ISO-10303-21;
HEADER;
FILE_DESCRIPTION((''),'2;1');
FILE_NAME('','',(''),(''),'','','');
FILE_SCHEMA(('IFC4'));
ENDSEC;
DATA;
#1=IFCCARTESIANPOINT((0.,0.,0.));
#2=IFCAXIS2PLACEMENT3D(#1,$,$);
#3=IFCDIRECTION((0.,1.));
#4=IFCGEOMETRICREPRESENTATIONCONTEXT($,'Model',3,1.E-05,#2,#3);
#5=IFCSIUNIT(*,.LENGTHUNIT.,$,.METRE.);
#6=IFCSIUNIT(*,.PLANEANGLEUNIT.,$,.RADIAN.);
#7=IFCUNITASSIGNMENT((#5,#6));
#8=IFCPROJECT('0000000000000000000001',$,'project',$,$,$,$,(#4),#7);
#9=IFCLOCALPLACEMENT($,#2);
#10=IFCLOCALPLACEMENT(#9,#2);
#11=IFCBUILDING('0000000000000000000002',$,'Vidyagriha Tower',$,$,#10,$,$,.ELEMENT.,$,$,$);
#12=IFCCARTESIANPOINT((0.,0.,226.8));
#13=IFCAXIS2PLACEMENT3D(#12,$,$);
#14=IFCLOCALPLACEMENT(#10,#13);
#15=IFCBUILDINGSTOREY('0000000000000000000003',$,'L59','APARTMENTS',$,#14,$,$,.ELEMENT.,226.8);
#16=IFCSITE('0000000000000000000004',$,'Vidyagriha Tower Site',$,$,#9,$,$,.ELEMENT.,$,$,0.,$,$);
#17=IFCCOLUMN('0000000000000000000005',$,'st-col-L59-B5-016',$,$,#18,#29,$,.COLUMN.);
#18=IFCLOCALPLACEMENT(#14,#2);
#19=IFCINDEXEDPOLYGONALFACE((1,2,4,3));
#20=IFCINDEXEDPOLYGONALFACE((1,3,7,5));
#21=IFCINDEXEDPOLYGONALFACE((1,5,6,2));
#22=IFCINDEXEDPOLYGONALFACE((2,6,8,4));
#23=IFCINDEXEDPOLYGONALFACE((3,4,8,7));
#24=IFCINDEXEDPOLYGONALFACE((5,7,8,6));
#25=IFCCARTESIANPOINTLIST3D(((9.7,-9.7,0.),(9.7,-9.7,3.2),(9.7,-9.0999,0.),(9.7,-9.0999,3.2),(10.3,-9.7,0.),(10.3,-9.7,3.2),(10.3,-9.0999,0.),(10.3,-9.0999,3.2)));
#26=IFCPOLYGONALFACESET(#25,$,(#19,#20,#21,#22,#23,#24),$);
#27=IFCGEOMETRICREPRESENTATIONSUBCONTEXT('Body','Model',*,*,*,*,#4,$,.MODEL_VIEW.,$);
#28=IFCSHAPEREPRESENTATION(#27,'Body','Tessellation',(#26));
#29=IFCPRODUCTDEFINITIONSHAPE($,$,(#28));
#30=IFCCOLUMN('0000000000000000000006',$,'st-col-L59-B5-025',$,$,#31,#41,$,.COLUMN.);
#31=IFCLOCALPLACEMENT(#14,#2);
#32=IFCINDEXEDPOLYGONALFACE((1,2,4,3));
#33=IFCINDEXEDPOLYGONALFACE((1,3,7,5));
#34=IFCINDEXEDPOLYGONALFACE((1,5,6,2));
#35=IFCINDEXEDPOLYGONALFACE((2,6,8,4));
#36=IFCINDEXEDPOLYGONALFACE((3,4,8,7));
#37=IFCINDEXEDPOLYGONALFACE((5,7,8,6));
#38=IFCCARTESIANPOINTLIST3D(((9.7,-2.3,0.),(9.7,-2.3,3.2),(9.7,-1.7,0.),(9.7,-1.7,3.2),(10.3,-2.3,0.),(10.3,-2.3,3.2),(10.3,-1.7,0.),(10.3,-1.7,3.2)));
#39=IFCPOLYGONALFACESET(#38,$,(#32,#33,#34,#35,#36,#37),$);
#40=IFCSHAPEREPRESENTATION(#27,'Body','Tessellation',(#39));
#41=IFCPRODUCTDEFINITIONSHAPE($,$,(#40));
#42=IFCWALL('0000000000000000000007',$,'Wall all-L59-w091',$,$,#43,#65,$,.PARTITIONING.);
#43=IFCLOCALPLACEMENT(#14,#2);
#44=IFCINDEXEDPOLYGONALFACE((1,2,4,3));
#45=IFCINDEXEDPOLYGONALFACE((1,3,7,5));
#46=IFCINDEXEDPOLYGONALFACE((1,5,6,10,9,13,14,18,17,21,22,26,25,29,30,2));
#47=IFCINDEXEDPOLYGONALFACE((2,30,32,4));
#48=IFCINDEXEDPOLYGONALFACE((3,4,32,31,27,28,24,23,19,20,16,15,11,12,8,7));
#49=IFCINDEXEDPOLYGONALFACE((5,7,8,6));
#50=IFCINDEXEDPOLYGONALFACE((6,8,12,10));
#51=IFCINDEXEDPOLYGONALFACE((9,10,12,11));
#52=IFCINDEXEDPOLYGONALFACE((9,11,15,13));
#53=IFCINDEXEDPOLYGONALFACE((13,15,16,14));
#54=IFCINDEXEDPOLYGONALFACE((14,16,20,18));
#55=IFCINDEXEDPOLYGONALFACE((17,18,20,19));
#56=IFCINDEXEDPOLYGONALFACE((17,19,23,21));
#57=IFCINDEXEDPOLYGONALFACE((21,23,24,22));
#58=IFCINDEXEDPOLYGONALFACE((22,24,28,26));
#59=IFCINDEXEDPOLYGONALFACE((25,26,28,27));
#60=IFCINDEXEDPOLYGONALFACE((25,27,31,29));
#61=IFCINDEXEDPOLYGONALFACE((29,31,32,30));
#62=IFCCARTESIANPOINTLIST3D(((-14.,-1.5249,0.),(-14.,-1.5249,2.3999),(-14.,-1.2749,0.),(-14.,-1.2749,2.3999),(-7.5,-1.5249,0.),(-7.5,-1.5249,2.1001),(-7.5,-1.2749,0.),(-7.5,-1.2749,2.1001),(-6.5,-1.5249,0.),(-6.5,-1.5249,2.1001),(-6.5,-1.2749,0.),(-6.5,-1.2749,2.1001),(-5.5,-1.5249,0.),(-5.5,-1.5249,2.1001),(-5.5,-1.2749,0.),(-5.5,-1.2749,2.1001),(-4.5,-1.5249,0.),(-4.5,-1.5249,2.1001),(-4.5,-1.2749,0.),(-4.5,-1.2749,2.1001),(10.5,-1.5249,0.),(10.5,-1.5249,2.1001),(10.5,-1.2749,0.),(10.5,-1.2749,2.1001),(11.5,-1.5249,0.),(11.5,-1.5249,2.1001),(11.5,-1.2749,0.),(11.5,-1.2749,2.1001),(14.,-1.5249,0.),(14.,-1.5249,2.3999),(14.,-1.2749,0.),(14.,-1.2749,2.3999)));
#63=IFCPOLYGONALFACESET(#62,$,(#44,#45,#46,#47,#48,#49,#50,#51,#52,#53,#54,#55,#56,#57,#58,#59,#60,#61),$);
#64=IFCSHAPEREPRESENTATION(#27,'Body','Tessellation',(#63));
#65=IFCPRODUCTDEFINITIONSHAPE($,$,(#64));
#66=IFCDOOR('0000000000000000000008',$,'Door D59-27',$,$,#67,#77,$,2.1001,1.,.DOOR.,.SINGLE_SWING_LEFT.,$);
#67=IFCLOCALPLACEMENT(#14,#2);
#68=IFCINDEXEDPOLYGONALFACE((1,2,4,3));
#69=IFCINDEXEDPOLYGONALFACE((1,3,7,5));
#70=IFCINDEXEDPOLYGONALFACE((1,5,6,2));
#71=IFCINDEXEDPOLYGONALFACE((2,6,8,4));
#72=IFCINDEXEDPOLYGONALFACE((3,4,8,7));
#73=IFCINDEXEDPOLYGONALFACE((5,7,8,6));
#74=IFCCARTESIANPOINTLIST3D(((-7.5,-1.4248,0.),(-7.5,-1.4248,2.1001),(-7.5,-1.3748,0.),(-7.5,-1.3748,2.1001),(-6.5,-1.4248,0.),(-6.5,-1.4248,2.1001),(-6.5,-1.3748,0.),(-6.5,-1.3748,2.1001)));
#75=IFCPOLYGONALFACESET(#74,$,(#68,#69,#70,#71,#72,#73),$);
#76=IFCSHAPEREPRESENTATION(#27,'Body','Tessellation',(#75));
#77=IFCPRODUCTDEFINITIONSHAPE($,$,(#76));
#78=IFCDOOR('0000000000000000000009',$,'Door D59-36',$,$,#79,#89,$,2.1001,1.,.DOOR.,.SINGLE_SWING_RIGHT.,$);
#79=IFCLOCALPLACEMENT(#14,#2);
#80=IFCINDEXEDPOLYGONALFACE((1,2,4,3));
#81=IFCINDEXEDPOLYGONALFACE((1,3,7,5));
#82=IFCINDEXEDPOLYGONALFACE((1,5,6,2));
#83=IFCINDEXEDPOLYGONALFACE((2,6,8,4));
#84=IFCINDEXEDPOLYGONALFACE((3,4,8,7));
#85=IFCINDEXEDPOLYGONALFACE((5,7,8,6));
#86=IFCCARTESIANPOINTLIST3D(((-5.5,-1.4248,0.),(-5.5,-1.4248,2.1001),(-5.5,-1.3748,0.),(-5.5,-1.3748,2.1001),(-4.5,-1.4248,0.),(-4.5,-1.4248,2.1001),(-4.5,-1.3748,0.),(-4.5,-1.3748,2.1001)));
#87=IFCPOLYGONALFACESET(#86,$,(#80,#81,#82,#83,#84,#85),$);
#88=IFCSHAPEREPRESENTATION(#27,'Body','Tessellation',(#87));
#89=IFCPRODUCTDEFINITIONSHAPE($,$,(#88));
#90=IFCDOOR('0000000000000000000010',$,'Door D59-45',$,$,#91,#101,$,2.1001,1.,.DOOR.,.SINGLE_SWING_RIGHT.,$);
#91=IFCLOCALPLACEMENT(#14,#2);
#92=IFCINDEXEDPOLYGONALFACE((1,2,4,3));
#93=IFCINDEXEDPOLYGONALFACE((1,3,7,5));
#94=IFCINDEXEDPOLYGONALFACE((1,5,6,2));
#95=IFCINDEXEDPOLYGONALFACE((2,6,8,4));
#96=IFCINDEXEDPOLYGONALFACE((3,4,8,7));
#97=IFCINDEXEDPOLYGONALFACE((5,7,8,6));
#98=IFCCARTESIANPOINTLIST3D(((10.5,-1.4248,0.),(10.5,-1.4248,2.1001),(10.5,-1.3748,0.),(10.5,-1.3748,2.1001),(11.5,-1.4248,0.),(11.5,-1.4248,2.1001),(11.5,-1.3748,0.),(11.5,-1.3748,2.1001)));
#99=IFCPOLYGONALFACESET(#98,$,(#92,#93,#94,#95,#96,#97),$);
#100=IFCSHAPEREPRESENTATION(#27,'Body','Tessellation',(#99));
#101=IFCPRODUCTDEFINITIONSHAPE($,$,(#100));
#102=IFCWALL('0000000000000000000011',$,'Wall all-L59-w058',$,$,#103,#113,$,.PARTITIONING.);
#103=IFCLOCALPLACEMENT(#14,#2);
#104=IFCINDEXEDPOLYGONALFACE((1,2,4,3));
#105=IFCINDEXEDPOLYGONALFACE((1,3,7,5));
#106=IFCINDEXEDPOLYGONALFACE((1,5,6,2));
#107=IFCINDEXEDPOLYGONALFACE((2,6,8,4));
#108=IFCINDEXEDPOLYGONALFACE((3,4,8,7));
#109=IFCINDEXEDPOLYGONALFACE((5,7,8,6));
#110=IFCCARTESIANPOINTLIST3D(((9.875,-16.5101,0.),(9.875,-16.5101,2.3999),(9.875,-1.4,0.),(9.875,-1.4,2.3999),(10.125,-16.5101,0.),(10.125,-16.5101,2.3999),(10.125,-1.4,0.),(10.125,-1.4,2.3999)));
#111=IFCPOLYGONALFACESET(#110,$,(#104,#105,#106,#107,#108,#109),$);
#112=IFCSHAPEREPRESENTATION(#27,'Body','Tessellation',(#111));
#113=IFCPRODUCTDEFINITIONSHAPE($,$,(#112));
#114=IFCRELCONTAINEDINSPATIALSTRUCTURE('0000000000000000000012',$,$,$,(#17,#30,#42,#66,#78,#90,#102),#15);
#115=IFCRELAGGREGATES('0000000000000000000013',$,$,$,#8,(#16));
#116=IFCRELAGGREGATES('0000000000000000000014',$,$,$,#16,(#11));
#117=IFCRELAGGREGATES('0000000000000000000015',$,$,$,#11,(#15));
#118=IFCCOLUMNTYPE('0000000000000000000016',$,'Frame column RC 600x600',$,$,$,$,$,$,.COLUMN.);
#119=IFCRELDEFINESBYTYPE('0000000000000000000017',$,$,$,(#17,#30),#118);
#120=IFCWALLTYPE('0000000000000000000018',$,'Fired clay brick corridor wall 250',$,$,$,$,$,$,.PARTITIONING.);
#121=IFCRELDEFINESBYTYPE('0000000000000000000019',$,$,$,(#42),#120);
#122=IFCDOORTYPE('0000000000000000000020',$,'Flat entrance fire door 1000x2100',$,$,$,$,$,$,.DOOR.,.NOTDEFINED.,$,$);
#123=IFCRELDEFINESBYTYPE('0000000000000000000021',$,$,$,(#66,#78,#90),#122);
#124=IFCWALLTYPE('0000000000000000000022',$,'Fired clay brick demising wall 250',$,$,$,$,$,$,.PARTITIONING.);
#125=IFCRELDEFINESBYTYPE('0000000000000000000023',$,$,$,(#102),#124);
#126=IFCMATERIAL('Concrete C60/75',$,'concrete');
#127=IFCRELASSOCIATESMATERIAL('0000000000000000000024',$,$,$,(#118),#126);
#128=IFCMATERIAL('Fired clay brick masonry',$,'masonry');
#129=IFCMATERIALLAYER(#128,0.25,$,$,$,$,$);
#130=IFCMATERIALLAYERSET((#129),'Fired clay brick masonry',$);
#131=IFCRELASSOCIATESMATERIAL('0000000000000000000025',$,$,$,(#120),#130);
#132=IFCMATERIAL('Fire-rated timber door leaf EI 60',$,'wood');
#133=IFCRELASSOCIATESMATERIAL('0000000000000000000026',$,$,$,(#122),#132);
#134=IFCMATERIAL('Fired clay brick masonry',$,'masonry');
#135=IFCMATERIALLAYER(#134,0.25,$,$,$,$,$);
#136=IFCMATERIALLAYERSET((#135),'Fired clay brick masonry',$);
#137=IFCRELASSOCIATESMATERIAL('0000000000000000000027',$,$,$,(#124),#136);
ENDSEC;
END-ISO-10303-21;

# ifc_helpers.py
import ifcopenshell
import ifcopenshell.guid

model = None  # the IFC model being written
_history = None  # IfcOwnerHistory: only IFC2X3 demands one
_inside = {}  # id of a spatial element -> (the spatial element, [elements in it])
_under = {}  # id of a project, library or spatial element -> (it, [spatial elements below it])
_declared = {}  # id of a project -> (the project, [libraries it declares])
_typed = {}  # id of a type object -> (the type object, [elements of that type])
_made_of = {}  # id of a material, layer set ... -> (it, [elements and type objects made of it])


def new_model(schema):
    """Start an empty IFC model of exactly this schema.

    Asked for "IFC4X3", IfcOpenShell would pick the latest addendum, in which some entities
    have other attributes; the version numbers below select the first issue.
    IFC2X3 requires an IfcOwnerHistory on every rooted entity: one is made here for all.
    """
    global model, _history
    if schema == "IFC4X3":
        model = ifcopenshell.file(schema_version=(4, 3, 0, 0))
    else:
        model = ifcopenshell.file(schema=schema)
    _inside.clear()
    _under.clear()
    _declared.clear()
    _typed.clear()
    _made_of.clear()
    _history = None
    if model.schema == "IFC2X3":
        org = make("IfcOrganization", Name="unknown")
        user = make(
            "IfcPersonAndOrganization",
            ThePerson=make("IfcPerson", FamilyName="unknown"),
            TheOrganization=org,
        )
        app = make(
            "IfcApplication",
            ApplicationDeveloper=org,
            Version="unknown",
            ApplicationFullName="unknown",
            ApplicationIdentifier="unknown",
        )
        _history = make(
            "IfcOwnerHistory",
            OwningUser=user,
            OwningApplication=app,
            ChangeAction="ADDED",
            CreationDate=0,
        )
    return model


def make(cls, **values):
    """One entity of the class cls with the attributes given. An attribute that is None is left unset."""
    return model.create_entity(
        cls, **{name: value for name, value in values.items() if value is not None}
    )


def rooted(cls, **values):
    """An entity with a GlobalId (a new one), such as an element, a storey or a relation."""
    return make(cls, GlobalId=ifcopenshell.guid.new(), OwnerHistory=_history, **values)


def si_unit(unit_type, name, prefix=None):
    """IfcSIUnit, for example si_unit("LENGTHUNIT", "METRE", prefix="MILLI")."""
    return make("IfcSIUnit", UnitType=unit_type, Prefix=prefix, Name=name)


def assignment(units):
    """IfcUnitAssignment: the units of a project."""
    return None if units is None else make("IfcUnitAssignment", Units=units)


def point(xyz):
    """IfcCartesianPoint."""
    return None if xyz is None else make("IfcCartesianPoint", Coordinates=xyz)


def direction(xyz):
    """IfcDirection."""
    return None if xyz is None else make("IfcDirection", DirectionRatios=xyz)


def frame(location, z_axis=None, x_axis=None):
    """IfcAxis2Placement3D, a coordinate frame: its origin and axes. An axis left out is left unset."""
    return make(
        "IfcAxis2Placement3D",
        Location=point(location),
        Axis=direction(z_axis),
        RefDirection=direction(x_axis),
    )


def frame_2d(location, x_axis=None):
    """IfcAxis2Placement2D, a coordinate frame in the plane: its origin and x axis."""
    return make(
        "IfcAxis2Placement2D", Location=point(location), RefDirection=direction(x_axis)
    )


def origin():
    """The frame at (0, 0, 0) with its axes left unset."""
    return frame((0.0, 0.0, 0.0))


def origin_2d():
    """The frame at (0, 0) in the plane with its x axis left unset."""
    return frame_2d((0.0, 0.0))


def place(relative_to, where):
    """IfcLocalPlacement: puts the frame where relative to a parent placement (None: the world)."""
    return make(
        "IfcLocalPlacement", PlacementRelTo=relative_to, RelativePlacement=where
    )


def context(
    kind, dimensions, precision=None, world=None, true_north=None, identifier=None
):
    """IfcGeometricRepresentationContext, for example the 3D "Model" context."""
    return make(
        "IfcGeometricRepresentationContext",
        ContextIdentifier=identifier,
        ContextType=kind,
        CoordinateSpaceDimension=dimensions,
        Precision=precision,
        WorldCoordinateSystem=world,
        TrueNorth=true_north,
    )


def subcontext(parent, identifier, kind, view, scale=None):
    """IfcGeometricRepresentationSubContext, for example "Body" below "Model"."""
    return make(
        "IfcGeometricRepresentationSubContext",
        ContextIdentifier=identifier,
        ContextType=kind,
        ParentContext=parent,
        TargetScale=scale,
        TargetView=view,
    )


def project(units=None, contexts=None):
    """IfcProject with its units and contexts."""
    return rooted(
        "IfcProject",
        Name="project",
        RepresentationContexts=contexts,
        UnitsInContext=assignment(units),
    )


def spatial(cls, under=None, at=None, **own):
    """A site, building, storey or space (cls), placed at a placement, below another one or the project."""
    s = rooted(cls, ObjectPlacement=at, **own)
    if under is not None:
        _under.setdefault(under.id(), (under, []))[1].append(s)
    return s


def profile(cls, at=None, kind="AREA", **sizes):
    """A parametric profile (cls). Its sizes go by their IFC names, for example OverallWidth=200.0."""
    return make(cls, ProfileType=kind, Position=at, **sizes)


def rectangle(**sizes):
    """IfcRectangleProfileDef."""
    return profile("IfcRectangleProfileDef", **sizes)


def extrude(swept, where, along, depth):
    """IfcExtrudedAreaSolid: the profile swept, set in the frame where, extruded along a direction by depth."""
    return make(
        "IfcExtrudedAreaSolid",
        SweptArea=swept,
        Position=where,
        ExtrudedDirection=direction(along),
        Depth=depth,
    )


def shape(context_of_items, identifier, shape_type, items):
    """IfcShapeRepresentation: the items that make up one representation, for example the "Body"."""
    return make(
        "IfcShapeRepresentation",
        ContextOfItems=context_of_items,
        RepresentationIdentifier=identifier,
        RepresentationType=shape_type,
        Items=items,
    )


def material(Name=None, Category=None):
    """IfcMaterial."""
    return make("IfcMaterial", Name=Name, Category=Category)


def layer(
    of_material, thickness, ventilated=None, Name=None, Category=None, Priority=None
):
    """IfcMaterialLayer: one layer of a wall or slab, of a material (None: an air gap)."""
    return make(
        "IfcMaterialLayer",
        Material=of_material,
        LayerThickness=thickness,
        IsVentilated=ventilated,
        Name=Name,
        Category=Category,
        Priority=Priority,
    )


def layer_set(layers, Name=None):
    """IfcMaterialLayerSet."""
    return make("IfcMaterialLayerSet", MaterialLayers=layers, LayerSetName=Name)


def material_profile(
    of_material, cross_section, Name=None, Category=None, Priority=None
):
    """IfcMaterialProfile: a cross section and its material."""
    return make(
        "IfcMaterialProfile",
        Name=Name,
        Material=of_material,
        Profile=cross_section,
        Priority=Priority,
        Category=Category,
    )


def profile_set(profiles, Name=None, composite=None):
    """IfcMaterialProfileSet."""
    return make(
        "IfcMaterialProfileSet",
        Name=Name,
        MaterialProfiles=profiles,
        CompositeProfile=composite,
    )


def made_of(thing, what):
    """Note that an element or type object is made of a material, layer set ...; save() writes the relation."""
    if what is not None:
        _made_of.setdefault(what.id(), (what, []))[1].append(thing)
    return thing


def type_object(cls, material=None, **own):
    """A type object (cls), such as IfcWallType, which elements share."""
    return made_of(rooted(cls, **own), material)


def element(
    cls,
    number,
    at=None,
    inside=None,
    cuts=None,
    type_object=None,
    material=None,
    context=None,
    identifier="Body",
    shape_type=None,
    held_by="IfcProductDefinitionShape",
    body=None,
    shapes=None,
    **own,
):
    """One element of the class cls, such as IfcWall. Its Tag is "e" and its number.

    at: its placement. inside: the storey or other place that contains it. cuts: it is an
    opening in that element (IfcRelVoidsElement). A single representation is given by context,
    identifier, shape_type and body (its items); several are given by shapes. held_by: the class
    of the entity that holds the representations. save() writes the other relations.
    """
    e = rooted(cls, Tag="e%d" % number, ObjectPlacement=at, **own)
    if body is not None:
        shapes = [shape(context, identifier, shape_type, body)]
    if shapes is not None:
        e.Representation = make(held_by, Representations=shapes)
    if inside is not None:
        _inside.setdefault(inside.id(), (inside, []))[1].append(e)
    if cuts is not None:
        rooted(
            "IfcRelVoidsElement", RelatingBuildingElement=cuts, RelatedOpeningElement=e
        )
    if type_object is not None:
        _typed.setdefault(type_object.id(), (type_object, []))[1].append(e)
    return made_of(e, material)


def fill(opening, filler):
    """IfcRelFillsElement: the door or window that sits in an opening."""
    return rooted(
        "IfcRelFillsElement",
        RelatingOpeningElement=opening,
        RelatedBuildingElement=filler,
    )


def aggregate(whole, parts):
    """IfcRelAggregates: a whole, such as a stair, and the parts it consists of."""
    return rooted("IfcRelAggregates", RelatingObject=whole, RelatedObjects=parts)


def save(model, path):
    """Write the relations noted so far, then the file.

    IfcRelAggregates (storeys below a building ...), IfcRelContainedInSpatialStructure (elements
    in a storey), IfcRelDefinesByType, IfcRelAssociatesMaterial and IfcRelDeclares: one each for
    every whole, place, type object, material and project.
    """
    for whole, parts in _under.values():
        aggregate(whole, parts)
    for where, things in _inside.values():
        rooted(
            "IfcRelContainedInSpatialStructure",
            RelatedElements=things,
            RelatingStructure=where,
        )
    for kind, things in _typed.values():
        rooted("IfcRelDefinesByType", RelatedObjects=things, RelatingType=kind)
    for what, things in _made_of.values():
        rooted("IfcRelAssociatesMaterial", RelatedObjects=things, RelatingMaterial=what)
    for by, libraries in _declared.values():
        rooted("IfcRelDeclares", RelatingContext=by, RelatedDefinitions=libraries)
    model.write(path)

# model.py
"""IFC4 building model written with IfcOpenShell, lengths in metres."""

from ifc_helpers import new_model, si_unit, direction, frame, frame_2d, origin, origin_2d, place, context, subcontext, project, spatial, rectangle, extrude, material, layer, layer_set, material_profile, profile_set, type_object, element, fill, save


model = new_model("IFC4")

# Units and contexts
model_context = context("Model", 3, precision=1e-05, world=origin(), true_north=direction((0.0, 1.0)))
body_context = subcontext(model_context, "Body", "Model", "MODEL_VIEW")
ifc_project = project(units=[si_unit("LENGTHUNIT", "METRE"), si_unit("PLANEANGLEUNIT", "RADIAN")], contexts=[model_context])

# Site, building, storey
site_placement = place(None, origin())
site = spatial("IfcSite", under=ifc_project, at=site_placement, Name="Vidyagriha Tower Site", CompositionType="ELEMENT", RefElevation=0.0)
building_placement = place(site_placement, origin())
building = spatial("IfcBuilding", under=site, at=building_placement, Name="Vidyagriha Tower", CompositionType="ELEMENT")
storey_placement = place(building_placement, frame((0.0, 0.0, 226.8)))
storey = spatial("IfcBuildingStorey", under=building, at=storey_placement, Name="L59", Description="APARTMENTS", CompositionType="ELEMENT", Elevation=226.8)

# Columns
ifc_material_1 = material(Name="Concrete C60/75", Category="concrete")
ifc_material_profile = material_profile(ifc_material_1, rectangle(XDim=0.6001, YDim=0.6001, at=origin_2d()), Name="RC 600x600")
ifc_profile_set = profile_set([ifc_material_profile], Name="Concrete C60/75")
column_type = type_object("IfcColumnType", Name="Frame column RC 600x600", PredefinedType="COLUMN", material=ifc_profile_set)
for number, where, name in (
    (1, (10.0, -9.3999, 0.0), "st-col-L59-B5-016"),
    (2, (10.0, -2.0, 0.0), "st-col-L59-B5-025"),
):
    element("IfcColumn", number, at=place(storey_placement, frame(where)), inside=storey, type_object=column_type, Name=name, PredefinedType="COLUMN", context=body_context, shape_type="SweptSolid", body=[
        extrude(rectangle(XDim=0.6001, YDim=0.6001, at=origin_2d()), origin(), (0.0, 0.0, 1.0), 3.2),
    ])

# Wall, openings, doors
ifc_material_2 = material(Name="Fired clay brick masonry", Category="masonry")
ifc_layer_1 = layer(ifc_material_2, 0.25)
ifc_layer_set_1 = layer_set([ifc_layer_1], Name="Fired clay brick masonry")
wall_type_1 = type_object("IfcWallType", Name="Fired clay brick corridor wall 250", PredefinedType="PARTITIONING", material=ifc_layer_set_1)
wall_1_placement = place(storey_placement, frame((14.0, -1.3999, 0.0), z_axis=(0.0, 0.0, 1.0), x_axis=(-1.0, 0.0, 0.0)))
wall_1 = element("IfcWall", 3, at=wall_1_placement, inside=storey, type_object=wall_type_1, Name="Wall all-L59-w091", PredefinedType="PARTITIONING", context=body_context, shape_type="SweptSolid", body=[
    extrude(rectangle(XDim=28.0, YDim=0.25, at=frame_2d((14.0, 0.0))), origin(), (0.0, 0.0, 1.0), 2.3999),
])
opening_1_placement = place(wall_1_placement, frame((20.5, 0.0, 0.0)))
opening_1 = element("IfcOpeningElement", 4, at=opening_1_placement, cuts=wall_1, PredefinedType="OPENING", context=body_context, shape_type="SweptSolid", body=[
    extrude(rectangle(XDim=1.0, YDim=2.1001, at=frame_2d((0.5, 1.05))), frame((0.0, 0.135, 0.0), z_axis=(0.0, -1.0, 0.0), x_axis=(1.0, 0.0, 0.0)), (0.0, 0.0, 1.0), 0.27),
])
opening_2_placement = place(wall_1_placement, frame((18.5, 0.0, 0.0)))
opening_2 = element("IfcOpeningElement", 5, at=opening_2_placement, cuts=wall_1, PredefinedType="OPENING", context=body_context, shape_type="SweptSolid", body=[
    extrude(rectangle(XDim=1.0, YDim=2.1001, at=frame_2d((0.5, 1.05))), frame((0.0, 0.135, 0.0), z_axis=(0.0, -1.0, 0.0), x_axis=(1.0, 0.0, 0.0)), (0.0, 0.0, 1.0), 0.27),
])
opening_3_placement = place(wall_1_placement, frame((2.5, 0.0, 0.0)))
opening_3 = element("IfcOpeningElement", 6, at=opening_3_placement, cuts=wall_1, PredefinedType="OPENING", context=body_context, shape_type="SweptSolid", body=[
    extrude(rectangle(XDim=1.0, YDim=2.1001, at=frame_2d((0.5, 1.05))), frame((0.0, 0.135, 0.0), z_axis=(0.0, -1.0, 0.0), x_axis=(1.0, 0.0, 0.0)), (0.0, 0.0, 1.0), 0.27),
])
ifc_material_3 = material(Name="Fire-rated timber door leaf EI 60", Category="wood")
door_type_1 = type_object("IfcDoorType", Name="Flat entrance fire door 1000x2100", OperationType="NOTDEFINED", PredefinedType="DOOR", material=ifc_material_3)
door_1_placement = place(opening_1_placement, origin())
door_1 = element("IfcDoor", 7, at=door_1_placement, inside=storey, type_object=door_type_1, Name="Door D59-27", OperationType="SINGLE_SWING_LEFT", OverallHeight=2.1001, OverallWidth=1.0, PredefinedType="DOOR", context=body_context, shape_type="SweptSolid", body=[
    extrude(rectangle(XDim=1.0, YDim=2.1001, at=frame_2d((0.5, 1.05))), frame((0.0, 0.0249, 0.0), z_axis=(0.0, -1.0, 0.0), x_axis=(1.0, 0.0, 0.0)), (0.0, 0.0, 1.0), 0.05),
])
fill(opening_1, door_1)
door_2_placement = place(opening_2_placement, origin())
door_2 = element("IfcDoor", 8, at=door_2_placement, inside=storey, type_object=door_type_1, Name="Door D59-36", OperationType="SINGLE_SWING_RIGHT", OverallHeight=2.1001, OverallWidth=1.0, PredefinedType="DOOR", context=body_context, shape_type="SweptSolid", body=[
    extrude(rectangle(XDim=1.0, YDim=2.1001, at=frame_2d((0.5, 1.05))), frame((0.0, 0.0249, 0.0), z_axis=(0.0, -1.0, 0.0), x_axis=(1.0, 0.0, 0.0)), (0.0, 0.0, 1.0), 0.05),
])
fill(opening_2, door_2)
door_3_placement = place(opening_3_placement, origin())
door_3 = element("IfcDoor", 9, at=door_3_placement, inside=storey, type_object=door_type_1, Name="Door D59-45", OperationType="SINGLE_SWING_RIGHT", OverallHeight=2.1001, OverallWidth=1.0, PredefinedType="DOOR", context=body_context, shape_type="SweptSolid", body=[
    extrude(rectangle(XDim=1.0, YDim=2.1001, at=frame_2d((0.5, 1.05))), frame((0.0, 0.0249, 0.0), z_axis=(0.0, -1.0, 0.0), x_axis=(1.0, 0.0, 0.0)), (0.0, 0.0, 1.0), 0.05),
])
fill(opening_3, door_3)

# Wall
ifc_material_4 = material(Name="Fired clay brick masonry", Category="masonry")
ifc_layer_2 = layer(ifc_material_4, 0.25)
ifc_layer_set_2 = layer_set([ifc_layer_2], Name="Fired clay brick masonry")
wall_type_2 = type_object("IfcWallType", Name="Fired clay brick demising wall 250", PredefinedType="PARTITIONING", material=ifc_layer_set_2)
wall_2_placement = place(storey_placement, frame((10.0, -1.3999, 0.0), z_axis=(0.0, 0.0, 1.0), x_axis=(0.0, -1.0, 0.0)))
element("IfcWall", 10, at=wall_2_placement, inside=storey, type_object=wall_type_2, Name="Wall all-L59-w058", PredefinedType="PARTITIONING", context=body_context, shape_type="SweptSolid", body=[
    extrude(rectangle(XDim=15.1101, YDim=0.25, at=frame_2d((7.5552, 0.0))), origin(), (0.0, 0.0, 1.0), 2.3999),
])

save(model, "model.ifc")
